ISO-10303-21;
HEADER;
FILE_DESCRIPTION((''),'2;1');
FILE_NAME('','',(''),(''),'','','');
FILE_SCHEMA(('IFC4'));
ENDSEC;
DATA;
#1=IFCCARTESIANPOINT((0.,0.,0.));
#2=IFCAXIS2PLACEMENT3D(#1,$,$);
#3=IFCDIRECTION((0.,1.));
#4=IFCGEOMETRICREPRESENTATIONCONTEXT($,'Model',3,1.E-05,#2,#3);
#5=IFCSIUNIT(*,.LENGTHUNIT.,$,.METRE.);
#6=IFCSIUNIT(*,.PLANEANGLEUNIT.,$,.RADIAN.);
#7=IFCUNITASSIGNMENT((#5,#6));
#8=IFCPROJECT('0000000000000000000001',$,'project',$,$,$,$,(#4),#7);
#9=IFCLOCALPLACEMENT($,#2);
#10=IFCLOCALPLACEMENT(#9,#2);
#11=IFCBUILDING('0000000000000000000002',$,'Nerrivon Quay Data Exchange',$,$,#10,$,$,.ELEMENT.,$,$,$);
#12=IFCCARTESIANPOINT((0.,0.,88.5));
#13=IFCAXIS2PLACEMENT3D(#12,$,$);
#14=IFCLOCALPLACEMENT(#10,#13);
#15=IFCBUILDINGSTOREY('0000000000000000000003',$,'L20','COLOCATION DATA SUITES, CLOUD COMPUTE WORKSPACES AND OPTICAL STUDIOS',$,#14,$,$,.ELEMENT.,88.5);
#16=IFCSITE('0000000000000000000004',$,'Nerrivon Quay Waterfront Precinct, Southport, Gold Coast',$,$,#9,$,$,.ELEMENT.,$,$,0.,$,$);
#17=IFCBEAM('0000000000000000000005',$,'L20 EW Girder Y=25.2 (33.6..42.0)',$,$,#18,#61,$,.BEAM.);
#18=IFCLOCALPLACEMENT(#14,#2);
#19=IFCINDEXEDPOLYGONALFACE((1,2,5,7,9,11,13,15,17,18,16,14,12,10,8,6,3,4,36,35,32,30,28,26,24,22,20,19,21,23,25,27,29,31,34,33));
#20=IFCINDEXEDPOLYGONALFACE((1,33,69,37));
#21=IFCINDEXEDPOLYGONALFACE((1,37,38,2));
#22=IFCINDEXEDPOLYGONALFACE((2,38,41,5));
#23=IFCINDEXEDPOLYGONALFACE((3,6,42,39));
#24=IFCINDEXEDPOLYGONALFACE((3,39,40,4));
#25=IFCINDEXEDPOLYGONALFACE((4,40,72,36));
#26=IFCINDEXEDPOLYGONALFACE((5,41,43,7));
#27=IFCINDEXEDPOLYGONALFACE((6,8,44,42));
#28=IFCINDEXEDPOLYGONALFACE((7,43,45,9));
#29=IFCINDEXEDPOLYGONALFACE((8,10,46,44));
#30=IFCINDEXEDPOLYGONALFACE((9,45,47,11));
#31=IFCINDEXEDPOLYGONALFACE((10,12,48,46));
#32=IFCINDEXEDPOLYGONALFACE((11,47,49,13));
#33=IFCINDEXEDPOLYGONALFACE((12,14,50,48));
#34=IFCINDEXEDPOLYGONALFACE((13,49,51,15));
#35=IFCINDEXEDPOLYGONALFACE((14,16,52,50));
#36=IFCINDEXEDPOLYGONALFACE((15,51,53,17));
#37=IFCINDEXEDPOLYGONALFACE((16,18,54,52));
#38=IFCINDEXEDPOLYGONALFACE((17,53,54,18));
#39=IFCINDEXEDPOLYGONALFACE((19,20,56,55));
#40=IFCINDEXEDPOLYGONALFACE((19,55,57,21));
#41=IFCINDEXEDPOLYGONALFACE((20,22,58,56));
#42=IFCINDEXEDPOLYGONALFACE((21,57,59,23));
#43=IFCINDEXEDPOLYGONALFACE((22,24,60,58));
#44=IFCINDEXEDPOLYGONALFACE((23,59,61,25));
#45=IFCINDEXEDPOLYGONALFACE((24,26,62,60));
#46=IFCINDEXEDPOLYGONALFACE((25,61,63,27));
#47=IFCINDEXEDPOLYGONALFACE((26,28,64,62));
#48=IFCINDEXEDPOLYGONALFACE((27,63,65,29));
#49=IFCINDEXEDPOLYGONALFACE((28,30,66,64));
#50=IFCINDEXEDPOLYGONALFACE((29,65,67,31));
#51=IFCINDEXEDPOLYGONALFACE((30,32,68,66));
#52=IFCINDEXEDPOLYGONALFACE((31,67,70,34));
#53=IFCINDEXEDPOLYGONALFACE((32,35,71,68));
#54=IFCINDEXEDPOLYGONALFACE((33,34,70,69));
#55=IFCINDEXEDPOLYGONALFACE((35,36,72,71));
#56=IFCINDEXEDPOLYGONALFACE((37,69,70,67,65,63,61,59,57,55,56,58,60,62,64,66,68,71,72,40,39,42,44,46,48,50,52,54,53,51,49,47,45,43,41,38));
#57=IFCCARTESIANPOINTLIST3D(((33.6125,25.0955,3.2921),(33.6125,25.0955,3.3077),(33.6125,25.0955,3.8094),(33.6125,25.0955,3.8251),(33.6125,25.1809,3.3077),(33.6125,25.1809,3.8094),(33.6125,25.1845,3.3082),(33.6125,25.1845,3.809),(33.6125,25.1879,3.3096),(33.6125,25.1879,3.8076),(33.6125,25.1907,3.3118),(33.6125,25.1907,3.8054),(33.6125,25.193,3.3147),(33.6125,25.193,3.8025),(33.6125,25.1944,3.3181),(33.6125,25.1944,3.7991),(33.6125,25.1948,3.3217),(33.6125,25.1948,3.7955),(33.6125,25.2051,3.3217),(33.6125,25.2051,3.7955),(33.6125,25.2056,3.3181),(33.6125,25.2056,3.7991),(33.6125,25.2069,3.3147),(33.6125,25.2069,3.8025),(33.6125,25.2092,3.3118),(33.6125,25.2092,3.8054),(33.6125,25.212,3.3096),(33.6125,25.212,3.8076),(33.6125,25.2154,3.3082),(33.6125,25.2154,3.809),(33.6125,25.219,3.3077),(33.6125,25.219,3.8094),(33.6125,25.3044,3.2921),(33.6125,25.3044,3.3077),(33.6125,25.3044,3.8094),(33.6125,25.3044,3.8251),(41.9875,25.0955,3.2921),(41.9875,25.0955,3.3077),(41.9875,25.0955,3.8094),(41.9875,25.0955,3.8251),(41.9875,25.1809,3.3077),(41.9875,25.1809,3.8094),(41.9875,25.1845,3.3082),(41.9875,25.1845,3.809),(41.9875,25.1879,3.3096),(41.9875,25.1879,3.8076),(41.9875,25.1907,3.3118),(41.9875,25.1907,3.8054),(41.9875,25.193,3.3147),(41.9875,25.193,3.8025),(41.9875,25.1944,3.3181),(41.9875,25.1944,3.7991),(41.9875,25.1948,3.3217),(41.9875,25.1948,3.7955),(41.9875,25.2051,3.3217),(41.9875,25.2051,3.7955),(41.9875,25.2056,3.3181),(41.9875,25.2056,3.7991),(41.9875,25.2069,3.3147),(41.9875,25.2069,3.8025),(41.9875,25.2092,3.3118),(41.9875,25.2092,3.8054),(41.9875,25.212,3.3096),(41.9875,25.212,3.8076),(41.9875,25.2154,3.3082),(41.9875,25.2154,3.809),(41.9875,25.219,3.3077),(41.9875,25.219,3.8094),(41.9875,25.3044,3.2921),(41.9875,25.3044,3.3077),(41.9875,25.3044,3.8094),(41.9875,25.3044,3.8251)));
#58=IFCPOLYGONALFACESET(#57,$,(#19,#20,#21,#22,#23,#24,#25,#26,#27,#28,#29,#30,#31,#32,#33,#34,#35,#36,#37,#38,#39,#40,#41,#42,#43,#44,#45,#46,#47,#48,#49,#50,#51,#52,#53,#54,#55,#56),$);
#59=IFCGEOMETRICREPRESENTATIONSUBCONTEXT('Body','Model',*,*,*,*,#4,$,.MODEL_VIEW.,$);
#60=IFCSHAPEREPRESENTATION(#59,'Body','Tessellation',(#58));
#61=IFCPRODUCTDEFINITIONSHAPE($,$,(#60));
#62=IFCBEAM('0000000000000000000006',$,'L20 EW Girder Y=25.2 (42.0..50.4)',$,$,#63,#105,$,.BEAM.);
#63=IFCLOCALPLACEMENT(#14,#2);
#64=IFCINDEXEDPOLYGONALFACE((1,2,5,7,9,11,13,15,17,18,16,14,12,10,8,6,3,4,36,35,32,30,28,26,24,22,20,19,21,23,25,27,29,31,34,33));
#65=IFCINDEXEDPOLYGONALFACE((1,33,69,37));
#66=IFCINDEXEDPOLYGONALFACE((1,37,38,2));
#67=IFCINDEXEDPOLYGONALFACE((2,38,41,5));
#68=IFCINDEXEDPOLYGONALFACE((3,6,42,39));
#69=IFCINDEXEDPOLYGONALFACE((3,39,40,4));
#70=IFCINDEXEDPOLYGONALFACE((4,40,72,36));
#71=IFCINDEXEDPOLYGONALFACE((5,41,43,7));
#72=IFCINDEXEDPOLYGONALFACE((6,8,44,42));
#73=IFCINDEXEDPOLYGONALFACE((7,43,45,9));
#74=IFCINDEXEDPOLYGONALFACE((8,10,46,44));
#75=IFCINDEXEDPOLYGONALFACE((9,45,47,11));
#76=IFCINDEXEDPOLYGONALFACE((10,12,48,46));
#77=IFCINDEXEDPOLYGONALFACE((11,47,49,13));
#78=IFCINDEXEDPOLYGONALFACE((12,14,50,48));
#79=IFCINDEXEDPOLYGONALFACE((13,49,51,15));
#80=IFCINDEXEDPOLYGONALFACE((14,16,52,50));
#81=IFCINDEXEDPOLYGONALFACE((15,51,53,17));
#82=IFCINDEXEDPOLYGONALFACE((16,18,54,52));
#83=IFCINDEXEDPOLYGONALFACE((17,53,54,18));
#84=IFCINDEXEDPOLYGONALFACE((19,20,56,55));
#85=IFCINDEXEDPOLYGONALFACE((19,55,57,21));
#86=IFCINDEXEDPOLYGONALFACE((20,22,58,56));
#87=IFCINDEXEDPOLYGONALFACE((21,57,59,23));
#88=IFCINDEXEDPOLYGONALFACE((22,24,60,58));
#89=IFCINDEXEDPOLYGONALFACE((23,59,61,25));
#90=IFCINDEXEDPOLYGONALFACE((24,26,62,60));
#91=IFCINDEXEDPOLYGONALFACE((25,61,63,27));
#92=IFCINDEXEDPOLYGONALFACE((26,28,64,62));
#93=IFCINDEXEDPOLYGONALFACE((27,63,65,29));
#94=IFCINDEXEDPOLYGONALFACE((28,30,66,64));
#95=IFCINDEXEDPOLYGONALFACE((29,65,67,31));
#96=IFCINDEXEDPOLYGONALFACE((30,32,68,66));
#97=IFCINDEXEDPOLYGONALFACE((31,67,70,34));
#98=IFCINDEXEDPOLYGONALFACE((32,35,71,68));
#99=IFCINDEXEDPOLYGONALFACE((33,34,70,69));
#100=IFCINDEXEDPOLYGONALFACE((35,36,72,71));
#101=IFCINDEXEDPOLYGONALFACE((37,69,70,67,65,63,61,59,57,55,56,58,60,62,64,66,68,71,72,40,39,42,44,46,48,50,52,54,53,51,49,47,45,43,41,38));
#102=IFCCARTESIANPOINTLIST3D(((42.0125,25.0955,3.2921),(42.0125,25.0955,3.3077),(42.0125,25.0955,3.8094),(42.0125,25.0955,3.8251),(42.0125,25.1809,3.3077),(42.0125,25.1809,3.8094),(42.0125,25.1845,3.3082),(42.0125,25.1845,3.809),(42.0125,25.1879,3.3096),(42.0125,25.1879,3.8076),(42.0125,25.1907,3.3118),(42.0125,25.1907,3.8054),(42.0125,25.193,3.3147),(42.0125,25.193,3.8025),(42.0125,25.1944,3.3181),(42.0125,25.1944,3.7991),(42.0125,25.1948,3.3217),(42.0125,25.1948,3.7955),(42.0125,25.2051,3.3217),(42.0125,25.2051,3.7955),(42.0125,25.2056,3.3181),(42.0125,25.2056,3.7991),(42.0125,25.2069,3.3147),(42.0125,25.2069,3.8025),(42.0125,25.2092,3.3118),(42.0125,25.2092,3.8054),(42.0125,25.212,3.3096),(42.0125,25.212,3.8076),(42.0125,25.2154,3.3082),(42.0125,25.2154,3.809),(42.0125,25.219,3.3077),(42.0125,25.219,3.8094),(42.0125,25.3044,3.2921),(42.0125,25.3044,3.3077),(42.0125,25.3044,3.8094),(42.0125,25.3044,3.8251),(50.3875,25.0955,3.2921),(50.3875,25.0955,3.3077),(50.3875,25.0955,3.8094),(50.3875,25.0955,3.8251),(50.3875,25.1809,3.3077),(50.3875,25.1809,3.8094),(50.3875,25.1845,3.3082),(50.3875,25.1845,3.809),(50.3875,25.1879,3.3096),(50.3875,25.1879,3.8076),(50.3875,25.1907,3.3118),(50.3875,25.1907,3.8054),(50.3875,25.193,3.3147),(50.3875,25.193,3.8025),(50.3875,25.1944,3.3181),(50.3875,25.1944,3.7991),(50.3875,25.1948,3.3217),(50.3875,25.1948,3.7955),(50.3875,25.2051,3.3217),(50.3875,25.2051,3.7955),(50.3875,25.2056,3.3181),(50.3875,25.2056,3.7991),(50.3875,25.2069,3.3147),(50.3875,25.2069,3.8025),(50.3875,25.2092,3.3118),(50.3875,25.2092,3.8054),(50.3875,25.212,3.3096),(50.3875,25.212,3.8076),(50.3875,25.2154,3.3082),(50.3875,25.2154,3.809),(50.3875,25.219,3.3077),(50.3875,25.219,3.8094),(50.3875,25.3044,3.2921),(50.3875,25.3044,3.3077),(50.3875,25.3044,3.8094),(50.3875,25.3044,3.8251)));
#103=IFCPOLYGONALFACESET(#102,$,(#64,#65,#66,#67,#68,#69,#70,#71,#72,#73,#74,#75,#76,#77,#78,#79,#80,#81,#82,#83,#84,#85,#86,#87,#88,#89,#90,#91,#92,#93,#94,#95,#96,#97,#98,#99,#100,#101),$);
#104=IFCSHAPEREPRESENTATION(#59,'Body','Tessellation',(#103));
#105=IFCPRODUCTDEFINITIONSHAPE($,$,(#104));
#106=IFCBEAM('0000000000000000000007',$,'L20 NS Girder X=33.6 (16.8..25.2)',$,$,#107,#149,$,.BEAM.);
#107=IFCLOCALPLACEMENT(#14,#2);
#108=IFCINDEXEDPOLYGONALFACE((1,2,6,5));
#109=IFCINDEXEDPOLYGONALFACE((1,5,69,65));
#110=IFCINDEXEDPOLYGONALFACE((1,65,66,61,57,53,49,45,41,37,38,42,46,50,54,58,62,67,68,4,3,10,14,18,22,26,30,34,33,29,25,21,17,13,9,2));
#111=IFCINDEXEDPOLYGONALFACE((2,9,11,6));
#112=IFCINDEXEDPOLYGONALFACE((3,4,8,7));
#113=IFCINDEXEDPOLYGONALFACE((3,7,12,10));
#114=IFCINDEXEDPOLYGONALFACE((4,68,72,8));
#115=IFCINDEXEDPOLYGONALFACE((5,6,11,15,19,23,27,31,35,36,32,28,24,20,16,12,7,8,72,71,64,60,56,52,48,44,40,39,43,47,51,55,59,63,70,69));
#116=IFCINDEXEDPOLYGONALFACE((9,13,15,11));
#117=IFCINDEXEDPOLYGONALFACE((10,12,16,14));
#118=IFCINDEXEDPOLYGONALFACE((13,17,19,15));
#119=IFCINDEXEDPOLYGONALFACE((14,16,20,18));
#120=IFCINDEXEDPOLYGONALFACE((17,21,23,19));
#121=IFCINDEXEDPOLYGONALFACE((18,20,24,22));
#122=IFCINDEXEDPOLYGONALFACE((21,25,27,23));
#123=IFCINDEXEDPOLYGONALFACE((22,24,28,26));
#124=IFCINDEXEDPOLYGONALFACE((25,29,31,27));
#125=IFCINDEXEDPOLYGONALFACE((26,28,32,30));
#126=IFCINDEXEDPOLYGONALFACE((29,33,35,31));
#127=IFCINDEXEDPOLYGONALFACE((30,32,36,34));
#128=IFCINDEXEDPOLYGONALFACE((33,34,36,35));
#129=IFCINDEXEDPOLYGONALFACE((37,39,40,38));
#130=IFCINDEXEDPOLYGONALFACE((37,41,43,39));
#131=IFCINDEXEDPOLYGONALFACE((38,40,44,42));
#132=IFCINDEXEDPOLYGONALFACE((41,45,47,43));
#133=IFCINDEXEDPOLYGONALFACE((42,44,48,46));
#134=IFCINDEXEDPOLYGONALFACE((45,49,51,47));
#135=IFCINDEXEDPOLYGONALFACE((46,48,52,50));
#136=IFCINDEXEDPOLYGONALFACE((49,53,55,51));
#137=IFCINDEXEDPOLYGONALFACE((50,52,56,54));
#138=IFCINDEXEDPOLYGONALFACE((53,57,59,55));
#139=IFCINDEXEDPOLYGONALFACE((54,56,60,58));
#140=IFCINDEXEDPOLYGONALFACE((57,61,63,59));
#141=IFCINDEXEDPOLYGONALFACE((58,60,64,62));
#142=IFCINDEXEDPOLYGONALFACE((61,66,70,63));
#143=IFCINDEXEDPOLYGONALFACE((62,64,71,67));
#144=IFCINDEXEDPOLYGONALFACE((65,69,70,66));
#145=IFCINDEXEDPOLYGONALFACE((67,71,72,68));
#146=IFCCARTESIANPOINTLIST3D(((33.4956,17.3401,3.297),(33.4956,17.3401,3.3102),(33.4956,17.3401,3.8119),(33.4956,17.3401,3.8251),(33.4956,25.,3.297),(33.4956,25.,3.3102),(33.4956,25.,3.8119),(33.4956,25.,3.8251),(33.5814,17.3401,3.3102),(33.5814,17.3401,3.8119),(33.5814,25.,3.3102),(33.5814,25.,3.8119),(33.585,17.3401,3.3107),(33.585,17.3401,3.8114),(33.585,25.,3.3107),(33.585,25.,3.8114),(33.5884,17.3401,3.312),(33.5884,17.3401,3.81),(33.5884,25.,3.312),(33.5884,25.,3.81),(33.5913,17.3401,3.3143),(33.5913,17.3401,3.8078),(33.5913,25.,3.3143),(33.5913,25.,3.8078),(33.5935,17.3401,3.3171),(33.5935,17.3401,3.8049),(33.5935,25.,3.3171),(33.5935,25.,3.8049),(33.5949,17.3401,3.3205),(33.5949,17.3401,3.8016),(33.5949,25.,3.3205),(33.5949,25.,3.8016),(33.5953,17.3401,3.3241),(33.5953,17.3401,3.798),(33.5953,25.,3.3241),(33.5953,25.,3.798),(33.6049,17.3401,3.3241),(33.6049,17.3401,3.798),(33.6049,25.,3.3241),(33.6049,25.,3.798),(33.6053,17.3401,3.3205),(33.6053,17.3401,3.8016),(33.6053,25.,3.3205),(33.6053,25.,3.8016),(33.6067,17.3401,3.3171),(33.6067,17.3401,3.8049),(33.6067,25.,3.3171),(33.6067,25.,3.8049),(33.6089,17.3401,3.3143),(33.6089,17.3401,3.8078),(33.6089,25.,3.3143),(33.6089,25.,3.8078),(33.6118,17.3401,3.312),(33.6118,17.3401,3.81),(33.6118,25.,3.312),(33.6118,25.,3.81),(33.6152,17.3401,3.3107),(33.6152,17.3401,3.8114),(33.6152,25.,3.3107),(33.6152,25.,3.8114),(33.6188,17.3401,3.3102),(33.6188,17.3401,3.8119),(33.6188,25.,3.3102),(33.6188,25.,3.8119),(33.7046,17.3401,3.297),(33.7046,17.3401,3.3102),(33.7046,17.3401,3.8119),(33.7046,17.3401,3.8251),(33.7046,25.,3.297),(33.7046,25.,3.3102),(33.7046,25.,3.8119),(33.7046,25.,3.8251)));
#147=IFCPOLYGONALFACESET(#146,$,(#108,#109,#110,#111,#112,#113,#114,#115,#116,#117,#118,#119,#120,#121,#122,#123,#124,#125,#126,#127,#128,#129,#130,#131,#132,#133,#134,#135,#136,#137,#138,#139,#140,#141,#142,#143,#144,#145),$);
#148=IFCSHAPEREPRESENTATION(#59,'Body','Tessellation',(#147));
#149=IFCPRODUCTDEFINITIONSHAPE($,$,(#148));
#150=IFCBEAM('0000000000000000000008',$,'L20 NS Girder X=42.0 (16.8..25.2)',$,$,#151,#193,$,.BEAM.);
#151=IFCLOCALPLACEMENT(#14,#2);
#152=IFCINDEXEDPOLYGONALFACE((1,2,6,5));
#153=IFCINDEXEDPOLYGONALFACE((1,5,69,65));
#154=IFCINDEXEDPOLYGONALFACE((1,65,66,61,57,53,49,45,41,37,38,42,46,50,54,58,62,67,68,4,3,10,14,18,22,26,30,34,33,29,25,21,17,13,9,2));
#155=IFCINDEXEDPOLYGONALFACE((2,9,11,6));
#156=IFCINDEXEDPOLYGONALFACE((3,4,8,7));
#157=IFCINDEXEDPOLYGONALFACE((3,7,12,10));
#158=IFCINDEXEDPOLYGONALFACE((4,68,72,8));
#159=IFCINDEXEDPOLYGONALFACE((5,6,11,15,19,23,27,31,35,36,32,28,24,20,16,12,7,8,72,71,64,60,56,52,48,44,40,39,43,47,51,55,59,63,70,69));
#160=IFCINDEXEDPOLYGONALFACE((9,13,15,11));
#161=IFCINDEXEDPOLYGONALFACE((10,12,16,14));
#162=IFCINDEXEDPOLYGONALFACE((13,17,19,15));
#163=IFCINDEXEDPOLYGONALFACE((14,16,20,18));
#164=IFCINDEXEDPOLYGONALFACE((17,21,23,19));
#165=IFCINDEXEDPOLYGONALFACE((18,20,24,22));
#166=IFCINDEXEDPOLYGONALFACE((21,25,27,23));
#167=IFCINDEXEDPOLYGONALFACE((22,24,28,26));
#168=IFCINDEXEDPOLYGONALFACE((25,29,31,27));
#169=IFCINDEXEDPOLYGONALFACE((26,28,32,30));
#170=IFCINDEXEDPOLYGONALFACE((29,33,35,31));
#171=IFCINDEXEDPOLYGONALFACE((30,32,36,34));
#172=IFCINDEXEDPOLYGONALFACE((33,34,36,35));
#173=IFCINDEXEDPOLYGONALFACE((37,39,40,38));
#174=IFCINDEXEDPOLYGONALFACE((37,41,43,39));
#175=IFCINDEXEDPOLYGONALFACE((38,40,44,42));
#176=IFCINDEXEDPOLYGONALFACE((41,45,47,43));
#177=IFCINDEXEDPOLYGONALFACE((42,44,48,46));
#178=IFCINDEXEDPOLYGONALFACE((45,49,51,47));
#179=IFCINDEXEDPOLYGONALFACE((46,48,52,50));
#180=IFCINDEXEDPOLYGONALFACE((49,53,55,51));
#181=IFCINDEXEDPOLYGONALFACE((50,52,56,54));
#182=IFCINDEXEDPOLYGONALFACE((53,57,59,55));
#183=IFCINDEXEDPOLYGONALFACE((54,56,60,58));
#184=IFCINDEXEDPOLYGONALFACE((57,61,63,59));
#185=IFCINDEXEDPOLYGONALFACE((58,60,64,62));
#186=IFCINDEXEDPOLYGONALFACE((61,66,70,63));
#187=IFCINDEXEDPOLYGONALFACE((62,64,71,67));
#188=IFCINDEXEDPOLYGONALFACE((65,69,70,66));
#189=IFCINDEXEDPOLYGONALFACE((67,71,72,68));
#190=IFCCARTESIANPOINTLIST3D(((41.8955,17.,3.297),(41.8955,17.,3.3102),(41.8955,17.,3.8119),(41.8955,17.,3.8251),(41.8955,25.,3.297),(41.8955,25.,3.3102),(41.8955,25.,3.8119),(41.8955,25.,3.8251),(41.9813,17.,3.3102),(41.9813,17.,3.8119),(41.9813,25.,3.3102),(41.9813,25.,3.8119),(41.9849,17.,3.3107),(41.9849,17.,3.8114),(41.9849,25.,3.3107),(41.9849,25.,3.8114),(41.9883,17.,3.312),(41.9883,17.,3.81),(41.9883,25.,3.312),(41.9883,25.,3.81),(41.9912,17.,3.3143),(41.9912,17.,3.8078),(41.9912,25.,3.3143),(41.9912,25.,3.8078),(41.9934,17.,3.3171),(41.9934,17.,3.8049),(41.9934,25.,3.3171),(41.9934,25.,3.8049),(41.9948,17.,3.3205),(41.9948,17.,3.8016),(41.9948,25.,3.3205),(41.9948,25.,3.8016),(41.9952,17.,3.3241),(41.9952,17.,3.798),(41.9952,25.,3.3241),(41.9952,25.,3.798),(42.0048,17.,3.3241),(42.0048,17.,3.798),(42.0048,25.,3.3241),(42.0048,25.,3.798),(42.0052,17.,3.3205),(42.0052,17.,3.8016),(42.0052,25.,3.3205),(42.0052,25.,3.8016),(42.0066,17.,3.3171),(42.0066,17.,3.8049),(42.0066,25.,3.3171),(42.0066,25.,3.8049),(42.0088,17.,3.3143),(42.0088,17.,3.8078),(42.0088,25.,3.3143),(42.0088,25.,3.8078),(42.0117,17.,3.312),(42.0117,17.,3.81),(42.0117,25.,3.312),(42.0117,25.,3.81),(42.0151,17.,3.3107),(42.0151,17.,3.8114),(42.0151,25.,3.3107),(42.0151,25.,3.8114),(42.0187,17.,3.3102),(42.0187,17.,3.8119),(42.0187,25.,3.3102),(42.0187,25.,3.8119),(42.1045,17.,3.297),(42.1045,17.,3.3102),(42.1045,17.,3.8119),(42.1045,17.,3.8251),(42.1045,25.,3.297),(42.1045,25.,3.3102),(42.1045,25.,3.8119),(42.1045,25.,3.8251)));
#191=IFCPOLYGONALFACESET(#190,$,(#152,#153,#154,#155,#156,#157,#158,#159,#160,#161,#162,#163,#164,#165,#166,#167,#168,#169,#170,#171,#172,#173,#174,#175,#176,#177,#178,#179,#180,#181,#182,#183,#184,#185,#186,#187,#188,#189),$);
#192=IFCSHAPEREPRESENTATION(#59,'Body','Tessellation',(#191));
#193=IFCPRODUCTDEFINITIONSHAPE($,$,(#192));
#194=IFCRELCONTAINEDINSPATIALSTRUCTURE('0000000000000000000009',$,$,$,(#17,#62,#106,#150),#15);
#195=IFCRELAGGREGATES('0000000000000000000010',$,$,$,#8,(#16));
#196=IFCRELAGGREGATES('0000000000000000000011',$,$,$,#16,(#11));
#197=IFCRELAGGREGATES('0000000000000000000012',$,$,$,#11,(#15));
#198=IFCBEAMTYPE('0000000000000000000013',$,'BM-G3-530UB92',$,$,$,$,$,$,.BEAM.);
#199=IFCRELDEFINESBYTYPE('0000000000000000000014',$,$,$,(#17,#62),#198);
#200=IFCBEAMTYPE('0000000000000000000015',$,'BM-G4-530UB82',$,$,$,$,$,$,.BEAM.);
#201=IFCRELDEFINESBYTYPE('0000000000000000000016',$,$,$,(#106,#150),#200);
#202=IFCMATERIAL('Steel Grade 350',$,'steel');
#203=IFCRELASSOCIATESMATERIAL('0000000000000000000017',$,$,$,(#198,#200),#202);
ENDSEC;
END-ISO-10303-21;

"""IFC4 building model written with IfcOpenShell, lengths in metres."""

from ifc_helpers import new_model, si_unit, direction, frame, origin, origin_2d, place, context, subcontext, project, spatial, i_section, extrude, material, material_profile, profile_set, type_object, element, save


model = new_model("IFC4")

# Units and contexts
model_context = context("Model", 3, precision=1e-05, world=origin(), true_north=direction((0.0, 1.0)))
body_context = subcontext(model_context, "Body", "Model", "MODEL_VIEW")
ifc_project = project(units=[si_unit("LENGTHUNIT", "METRE"), si_unit("PLANEANGLEUNIT", "RADIAN")], contexts=[model_context])

# Site, building, storey
site_placement = place(None, origin())
site = spatial("IfcSite", under=ifc_project, at=site_placement, Name="Nerrivon Quay Waterfront Precinct, Southport, Gold Coast", CompositionType="ELEMENT", RefElevation=0.0)
building_placement = place(site_placement, origin())
building = spatial("IfcBuilding", under=site, at=building_placement, Name="Nerrivon Quay Data Exchange", CompositionType="ELEMENT")
storey_placement = place(building_placement, frame((0.0, 0.0, 88.5)))
storey = spatial("IfcBuildingStorey", under=building, at=storey_placement, Name="L20", Description="COLOCATION DATA SUITES, CLOUD COMPUTE WORKSPACES AND OPTICAL STUDIOS", CompositionType="ELEMENT", Elevation=88.5)

# Shared definitions
ifc_material_1 = material(Name="Steel Grade 350", Category="steel")

# Beams
ifc_material_profile_1 = material_profile(ifc_material_1, i_section(OverallWidth=0.209, OverallDepth=0.533, WebThickness=0.0103, FlangeThickness=0.0156, FilletRadius=0.0139, at=origin_2d()), Name="530UB92.4")
ifc_profile_set_1 = profile_set([ifc_material_profile_1], Name="Steel Grade 350")
beam_type_1 = type_object("IfcBeamType", Name="BM-G3-530UB92", PredefinedType="BEAM", material=ifc_profile_set_1)
for number, where, z_axis, x_axis, name in (
    (1, (33.6125, 25.2, 3.5586), (1.0, 0.0, 0.0), (0.0, 1.0, 0.0), "L20 EW Girder Y=25.2 (33.6..42.0)"),
    (2, (42.0125, 25.2, 3.5586), (1.0, 0.0, 0.0), (0.0, 1.0, 0.0), "L20 EW Girder Y=25.2 (42.0..50.4)"),
):
    element("IfcBeam", number, at=place(storey_placement, frame(where, z_axis=z_axis, x_axis=x_axis)), inside=storey, type_object=beam_type_1, Name=name, PredefinedType="BEAM", context=body_context, shape_type="SweptSolid", body=[
        extrude(i_section(OverallWidth=0.209, OverallDepth=0.533, WebThickness=0.0103, FlangeThickness=0.0156, FilletRadius=0.0139, at=origin_2d()), origin(), (0.0, 0.0, 1.0), 8.375),
    ])
ifc_material_profile_2 = material_profile(ifc_material_1, i_section(OverallWidth=0.209, OverallDepth=0.5281, WebThickness=0.0095, FlangeThickness=0.0132, FilletRadius=0.0139, at=origin_2d()), Name="530UB82.0")
ifc_profile_set_2 = profile_set([ifc_material_profile_2], Name="Steel Grade 350")
beam_type_2 = type_object("IfcBeamType", Name="BM-G4-530UB82", PredefinedType="BEAM", material=ifc_profile_set_2)
beam_1_placement = place(storey_placement, frame((33.6001, 17.3401, 3.561), z_axis=(0.0, 1.0, 0.0), x_axis=(-1.0, 0.0, 0.0)))
element("IfcBeam", 3, at=beam_1_placement, inside=storey, type_object=beam_type_2, Name="L20 NS Girder X=33.6 (16.8..25.2)", PredefinedType="BEAM", context=body_context, shape_type="SweptSolid", body=[
    extrude(i_section(OverallWidth=0.209, OverallDepth=0.5281, WebThickness=0.0095, FlangeThickness=0.0132, FilletRadius=0.0139, at=origin_2d()), origin(), (0.0, 0.0, 1.0), 7.6599),
])
beam_2_placement = place(storey_placement, frame((42.0, 17.0, 3.561), z_axis=(0.0, 1.0, 0.0), x_axis=(-1.0, 0.0, 0.0)))
element("IfcBeam", 4, at=beam_2_placement, inside=storey, type_object=beam_type_2, Name="L20 NS Girder X=42.0 (16.8..25.2)", PredefinedType="BEAM", context=body_context, shape_type="SweptSolid", body=[
    extrude(i_section(OverallWidth=0.209, OverallDepth=0.5281, WebThickness=0.0095, FlangeThickness=0.0132, FilletRadius=0.0139, at=origin_2d()), origin(), (0.0, 0.0, 1.0), 8.0),
])

save(model, "model.ifc")
